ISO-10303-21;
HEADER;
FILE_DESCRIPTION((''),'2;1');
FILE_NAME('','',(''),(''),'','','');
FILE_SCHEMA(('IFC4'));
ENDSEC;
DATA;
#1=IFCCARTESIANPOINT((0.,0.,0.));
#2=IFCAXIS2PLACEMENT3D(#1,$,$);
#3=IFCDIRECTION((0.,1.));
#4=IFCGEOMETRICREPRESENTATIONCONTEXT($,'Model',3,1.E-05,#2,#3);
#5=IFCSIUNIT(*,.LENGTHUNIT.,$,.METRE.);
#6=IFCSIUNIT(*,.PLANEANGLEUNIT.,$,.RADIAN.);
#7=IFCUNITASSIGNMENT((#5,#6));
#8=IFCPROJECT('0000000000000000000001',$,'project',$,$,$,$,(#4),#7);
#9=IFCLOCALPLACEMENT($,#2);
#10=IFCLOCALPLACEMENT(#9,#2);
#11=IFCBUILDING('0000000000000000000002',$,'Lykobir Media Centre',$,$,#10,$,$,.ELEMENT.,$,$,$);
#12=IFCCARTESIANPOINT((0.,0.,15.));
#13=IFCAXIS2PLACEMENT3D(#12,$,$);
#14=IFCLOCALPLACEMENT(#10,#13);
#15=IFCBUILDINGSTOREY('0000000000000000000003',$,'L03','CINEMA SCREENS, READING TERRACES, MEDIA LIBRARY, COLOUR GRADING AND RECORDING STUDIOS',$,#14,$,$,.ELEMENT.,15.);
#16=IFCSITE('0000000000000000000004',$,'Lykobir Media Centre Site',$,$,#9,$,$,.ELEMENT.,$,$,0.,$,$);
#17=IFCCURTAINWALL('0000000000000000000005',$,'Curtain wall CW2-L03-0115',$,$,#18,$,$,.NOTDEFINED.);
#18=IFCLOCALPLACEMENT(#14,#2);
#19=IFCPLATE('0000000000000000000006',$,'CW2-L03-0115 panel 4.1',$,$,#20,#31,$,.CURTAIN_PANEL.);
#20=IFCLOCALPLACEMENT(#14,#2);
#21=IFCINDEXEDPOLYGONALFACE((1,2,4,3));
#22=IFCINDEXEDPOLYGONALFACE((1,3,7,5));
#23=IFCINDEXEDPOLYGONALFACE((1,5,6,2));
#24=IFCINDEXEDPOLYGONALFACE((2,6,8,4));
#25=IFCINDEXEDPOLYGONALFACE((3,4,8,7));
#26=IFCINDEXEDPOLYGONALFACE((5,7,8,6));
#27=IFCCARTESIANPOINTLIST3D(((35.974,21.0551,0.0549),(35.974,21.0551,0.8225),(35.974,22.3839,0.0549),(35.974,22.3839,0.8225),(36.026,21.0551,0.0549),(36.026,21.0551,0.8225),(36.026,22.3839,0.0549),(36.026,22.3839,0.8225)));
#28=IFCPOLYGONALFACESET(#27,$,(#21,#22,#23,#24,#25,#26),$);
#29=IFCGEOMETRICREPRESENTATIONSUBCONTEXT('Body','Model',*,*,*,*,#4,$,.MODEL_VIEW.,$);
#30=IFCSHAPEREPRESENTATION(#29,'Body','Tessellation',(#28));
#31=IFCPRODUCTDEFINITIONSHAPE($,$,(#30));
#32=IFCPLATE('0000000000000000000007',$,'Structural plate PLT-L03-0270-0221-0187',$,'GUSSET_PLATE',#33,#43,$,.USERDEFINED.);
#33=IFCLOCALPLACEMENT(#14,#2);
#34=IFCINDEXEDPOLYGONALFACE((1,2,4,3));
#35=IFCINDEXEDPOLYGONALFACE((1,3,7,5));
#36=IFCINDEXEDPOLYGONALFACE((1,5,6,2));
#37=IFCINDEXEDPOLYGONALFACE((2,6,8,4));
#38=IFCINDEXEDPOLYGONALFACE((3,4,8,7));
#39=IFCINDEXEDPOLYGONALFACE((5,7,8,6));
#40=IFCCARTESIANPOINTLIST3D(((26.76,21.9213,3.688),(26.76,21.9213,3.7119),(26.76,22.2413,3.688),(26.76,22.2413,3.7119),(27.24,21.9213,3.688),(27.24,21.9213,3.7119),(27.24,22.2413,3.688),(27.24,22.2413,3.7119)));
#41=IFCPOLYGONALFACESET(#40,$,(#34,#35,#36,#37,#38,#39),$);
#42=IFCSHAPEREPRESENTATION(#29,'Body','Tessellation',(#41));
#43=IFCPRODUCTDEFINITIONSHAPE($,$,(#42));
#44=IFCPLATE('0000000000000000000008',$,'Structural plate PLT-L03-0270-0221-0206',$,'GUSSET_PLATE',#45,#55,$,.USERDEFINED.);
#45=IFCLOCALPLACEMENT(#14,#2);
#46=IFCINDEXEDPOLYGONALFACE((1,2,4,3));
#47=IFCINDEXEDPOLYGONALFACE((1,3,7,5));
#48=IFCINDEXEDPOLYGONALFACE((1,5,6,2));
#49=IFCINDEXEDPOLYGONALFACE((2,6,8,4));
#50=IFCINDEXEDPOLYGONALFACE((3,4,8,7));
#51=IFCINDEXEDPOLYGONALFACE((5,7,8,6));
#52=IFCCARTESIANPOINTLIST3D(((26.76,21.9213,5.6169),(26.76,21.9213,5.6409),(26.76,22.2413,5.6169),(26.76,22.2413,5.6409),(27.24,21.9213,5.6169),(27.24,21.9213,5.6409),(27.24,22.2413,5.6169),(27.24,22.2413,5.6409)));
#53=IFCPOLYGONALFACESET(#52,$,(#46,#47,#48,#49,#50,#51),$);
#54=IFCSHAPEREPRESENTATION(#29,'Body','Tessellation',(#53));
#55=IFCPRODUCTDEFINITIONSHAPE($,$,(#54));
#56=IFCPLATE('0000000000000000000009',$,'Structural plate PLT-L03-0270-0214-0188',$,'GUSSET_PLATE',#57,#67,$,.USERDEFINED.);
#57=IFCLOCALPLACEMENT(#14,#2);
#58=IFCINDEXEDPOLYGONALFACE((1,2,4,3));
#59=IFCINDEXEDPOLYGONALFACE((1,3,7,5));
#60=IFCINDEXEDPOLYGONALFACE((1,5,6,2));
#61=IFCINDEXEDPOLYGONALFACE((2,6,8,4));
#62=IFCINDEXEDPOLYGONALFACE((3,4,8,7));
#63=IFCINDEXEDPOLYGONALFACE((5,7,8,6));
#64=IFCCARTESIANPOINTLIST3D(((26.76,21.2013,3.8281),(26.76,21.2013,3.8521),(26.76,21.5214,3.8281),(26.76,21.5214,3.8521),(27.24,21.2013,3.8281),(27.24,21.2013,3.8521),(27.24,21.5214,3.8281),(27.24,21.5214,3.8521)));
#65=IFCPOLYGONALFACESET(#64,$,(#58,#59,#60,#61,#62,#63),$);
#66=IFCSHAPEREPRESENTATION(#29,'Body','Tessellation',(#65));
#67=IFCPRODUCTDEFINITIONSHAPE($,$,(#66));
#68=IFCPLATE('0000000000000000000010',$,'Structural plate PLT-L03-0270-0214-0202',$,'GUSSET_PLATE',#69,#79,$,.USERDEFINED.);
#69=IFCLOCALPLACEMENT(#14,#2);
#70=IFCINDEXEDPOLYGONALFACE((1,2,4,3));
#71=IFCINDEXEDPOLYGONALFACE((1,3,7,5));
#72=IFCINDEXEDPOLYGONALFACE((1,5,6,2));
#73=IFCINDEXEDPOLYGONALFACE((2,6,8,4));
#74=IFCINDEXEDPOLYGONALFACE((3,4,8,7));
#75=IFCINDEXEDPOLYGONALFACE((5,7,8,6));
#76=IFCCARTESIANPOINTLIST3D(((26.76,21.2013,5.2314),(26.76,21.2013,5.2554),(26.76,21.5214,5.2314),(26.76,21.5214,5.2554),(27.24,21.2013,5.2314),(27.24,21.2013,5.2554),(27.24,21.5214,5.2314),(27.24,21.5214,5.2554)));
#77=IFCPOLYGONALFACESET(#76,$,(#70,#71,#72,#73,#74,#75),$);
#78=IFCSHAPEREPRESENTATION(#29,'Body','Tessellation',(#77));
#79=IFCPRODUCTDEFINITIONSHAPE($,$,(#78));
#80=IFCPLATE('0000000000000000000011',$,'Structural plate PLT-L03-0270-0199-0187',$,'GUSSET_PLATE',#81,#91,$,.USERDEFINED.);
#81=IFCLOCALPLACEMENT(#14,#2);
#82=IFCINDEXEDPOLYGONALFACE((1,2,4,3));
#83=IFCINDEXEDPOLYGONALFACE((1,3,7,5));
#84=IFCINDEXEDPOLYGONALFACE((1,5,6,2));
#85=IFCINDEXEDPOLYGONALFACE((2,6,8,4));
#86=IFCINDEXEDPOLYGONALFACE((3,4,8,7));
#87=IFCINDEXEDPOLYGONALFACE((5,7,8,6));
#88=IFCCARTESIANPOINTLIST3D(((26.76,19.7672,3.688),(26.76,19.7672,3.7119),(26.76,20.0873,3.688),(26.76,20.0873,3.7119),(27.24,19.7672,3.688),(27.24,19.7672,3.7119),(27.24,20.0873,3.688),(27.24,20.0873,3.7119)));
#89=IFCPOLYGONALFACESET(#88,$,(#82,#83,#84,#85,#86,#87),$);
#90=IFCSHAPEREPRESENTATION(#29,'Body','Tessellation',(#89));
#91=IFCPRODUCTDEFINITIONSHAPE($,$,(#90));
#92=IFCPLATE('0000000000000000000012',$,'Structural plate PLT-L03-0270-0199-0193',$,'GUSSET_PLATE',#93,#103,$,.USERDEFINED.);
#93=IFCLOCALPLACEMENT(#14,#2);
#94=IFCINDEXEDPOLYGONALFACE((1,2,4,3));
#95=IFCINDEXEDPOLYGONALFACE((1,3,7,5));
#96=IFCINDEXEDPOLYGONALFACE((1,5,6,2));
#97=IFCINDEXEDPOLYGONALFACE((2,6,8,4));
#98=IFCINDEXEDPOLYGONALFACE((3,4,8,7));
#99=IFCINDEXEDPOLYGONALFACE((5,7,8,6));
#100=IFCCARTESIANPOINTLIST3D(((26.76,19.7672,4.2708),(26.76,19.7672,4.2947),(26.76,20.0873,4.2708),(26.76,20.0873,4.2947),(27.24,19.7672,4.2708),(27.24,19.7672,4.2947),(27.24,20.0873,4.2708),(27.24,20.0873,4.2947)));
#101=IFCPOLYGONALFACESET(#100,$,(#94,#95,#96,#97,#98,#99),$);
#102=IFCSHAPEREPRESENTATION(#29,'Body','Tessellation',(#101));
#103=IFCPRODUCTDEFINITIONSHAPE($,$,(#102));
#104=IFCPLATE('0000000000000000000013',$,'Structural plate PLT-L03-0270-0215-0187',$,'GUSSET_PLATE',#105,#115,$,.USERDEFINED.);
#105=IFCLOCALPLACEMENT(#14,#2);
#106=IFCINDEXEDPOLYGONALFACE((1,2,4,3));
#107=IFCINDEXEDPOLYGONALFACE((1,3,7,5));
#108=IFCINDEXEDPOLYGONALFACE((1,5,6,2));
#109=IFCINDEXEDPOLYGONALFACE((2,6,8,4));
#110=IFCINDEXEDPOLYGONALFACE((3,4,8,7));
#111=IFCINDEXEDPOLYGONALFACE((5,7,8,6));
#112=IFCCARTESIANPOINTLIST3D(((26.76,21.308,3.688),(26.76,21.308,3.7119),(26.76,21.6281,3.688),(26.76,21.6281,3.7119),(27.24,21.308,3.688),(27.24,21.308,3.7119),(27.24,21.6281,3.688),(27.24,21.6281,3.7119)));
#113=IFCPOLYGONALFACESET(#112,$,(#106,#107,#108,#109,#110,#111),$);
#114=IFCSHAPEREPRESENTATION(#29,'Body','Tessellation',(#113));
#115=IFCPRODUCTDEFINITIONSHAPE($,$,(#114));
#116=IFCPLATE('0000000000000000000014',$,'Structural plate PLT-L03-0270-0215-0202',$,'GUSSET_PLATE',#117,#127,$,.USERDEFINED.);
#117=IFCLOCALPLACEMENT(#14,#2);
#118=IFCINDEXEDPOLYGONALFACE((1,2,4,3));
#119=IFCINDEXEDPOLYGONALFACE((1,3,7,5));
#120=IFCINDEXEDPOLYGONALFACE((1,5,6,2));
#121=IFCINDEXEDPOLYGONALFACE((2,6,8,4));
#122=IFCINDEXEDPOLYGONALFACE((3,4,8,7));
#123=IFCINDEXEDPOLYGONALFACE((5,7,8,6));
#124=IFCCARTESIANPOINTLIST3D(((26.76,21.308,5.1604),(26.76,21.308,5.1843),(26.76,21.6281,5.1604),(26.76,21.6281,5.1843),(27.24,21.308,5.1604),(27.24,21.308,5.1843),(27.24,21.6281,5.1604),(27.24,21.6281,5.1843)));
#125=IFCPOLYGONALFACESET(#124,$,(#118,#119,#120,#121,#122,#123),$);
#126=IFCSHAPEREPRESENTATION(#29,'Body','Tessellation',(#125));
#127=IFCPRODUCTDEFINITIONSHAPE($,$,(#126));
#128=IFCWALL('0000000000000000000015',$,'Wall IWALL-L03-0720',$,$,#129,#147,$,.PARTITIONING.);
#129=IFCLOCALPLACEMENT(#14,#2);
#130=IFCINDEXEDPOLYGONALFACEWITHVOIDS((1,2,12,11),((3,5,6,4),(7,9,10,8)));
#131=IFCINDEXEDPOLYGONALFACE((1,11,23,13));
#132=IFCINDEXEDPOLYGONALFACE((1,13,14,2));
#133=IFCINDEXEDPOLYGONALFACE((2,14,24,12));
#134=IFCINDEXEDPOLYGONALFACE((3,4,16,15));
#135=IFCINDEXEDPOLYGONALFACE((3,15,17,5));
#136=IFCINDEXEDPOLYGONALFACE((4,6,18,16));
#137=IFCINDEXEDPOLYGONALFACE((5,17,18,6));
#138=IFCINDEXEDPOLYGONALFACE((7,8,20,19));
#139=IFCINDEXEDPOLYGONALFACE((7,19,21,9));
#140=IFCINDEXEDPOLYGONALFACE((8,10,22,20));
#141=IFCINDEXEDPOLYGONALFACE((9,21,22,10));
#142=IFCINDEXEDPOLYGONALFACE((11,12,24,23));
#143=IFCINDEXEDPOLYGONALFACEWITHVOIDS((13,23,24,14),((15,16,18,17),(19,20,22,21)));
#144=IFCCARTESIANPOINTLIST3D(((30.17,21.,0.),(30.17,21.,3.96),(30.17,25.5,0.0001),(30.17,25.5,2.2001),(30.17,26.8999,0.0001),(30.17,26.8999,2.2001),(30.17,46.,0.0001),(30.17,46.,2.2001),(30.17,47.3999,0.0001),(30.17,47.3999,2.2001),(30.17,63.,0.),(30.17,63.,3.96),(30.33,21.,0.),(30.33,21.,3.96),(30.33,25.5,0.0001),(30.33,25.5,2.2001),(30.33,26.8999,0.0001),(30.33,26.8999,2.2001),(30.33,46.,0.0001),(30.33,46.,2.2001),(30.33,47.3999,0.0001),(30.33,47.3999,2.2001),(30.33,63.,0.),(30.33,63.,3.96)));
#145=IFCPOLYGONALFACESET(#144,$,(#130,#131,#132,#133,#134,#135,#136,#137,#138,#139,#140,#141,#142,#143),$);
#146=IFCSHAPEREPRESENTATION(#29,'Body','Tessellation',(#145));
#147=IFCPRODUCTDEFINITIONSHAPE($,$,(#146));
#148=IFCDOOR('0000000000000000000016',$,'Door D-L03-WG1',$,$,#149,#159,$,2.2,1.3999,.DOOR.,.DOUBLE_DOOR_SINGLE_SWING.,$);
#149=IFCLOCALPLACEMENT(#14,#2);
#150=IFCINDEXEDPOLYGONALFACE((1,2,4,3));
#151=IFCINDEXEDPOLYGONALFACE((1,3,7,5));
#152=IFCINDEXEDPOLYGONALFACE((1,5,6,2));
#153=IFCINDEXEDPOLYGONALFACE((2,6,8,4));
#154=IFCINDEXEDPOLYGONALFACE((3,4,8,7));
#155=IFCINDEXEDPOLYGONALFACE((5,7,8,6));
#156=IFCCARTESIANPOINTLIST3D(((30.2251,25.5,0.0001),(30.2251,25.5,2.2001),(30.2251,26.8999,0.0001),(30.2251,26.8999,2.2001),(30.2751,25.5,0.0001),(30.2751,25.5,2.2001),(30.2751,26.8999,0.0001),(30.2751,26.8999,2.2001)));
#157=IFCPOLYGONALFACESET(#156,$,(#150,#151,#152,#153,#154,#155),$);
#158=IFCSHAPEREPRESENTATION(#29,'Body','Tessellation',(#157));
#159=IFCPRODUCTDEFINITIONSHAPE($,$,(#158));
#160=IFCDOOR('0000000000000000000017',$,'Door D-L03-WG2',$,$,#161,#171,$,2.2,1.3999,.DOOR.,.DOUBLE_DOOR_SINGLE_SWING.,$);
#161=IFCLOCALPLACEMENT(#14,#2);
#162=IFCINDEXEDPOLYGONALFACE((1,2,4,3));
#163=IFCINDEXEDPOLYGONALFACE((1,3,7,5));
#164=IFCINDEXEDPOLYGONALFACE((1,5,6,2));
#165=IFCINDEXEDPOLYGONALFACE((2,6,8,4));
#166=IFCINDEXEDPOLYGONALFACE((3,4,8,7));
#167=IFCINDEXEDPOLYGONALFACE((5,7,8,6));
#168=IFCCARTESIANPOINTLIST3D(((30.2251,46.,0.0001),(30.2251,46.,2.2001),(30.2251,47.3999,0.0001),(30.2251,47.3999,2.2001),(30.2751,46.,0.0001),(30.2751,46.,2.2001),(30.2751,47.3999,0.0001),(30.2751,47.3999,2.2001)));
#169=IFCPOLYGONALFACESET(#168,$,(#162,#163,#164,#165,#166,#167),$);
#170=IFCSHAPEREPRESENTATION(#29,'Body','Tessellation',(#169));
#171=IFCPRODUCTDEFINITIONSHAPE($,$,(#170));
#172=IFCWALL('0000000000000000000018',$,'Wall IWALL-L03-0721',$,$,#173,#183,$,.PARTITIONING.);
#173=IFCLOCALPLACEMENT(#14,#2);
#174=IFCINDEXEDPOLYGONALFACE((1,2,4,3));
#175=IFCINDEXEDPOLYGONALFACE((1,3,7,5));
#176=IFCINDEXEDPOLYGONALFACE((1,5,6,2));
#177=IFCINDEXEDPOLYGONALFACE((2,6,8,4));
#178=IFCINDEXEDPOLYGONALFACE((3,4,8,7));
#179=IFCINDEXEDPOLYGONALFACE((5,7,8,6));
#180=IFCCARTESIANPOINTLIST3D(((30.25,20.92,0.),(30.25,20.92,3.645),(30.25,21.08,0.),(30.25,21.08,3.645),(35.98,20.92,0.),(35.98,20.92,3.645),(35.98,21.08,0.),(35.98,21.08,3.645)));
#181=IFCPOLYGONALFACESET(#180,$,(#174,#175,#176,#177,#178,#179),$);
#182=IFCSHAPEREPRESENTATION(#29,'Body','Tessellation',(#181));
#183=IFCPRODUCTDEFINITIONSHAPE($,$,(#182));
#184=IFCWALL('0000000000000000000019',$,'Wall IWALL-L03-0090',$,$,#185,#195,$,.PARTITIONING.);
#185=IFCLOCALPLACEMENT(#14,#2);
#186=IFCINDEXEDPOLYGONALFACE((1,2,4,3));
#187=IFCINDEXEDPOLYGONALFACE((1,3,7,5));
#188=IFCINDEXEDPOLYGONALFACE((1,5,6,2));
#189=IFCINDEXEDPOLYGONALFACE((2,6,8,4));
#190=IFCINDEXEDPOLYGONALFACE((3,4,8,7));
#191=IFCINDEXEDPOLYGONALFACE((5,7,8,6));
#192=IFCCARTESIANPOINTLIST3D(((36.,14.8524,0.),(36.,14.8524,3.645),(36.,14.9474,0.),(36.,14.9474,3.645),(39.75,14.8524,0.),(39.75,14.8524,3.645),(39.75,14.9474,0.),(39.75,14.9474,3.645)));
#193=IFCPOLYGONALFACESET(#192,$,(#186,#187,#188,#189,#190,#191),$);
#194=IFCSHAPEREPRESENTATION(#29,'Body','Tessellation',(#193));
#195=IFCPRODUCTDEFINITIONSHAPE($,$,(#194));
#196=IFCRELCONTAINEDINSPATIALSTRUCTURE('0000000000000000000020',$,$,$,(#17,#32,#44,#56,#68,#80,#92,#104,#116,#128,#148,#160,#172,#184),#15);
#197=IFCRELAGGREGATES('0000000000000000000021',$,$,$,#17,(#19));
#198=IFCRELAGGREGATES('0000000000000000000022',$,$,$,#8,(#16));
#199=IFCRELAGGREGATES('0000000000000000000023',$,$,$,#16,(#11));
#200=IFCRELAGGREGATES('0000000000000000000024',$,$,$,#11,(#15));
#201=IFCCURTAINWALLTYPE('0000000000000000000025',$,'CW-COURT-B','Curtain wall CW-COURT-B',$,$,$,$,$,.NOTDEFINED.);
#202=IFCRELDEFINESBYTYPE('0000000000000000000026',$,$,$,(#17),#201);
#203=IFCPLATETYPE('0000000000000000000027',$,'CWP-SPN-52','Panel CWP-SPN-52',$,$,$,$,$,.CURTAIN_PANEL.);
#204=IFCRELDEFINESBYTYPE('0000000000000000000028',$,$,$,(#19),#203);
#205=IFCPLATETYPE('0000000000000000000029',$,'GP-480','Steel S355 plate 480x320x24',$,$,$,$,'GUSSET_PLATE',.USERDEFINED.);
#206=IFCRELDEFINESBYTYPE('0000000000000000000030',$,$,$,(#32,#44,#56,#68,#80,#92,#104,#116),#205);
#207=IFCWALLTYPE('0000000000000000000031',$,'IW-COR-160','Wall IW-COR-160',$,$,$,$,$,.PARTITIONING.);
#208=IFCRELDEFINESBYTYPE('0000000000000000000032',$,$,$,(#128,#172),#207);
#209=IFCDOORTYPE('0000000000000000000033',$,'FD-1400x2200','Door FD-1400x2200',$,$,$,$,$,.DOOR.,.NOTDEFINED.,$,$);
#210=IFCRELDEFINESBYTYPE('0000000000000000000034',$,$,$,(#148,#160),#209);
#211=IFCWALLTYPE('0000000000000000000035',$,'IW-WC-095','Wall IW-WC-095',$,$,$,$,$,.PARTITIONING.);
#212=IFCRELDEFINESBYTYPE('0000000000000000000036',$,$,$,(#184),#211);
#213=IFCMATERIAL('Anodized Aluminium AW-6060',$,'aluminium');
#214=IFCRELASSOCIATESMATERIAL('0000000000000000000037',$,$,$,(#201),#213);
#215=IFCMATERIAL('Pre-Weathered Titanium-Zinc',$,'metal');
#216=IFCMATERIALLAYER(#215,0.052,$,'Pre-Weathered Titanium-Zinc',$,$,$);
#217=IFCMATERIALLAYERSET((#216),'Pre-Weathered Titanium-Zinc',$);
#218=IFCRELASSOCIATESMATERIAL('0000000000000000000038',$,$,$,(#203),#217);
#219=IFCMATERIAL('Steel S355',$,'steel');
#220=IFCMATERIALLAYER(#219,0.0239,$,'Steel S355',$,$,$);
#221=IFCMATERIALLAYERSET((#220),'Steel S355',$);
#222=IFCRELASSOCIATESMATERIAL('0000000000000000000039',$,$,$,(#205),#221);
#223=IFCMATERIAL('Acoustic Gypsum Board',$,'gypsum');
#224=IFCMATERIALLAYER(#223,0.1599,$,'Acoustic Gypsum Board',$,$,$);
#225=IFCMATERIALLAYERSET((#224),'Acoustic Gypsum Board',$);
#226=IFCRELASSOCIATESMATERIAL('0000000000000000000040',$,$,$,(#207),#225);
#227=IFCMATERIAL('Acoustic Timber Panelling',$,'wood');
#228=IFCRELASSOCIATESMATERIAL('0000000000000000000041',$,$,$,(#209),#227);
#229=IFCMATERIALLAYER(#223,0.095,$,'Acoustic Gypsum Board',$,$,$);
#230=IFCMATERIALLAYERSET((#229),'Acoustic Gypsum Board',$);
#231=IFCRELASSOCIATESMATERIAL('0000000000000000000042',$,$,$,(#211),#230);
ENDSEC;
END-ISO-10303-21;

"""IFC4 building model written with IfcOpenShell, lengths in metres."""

from ifc_helpers import new_model, si_unit, direction, frame, frame_2d, origin, origin_2d, place, context, subcontext, project, spatial, rectangle, extrude, material, layer, layer_set, type_object, element, fill, aggregate, save


model = new_model("IFC4")

# Units and contexts
model_context = context("Model", 3, precision=1e-05, world=origin(), true_north=direction((0.0, 1.0)))
body_context = subcontext(model_context, "Body", "Model", "MODEL_VIEW")
ifc_project = project(units=[si_unit("LENGTHUNIT", "METRE"), si_unit("PLANEANGLEUNIT", "RADIAN")], contexts=[model_context])

# Site, building, storey
site_placement = place(None, origin())
site = spatial("IfcSite", under=ifc_project, at=site_placement, Name="Lykobir Media Centre Site", CompositionType="ELEMENT", RefElevation=0.0)
building_placement = place(site_placement, origin())
building = spatial("IfcBuilding", under=site, at=building_placement, Name="Lykobir Media Centre", CompositionType="ELEMENT")
storey_placement = place(building_placement, frame((0.0, 0.0, 15.0)))
storey = spatial("IfcBuildingStorey", under=building, at=storey_placement, Name="L03", Description="CINEMA SCREENS, READING TERRACES, MEDIA LIBRARY, COLOUR GRADING AND RECORDING STUDIOS", CompositionType="ELEMENT", Elevation=15.0)

# Shared definitions
ifc_material_1 = material(Name="Steel S355", Category="steel")

# Curtain wall
ifc_material_2 = material(Name="Anodized Aluminium AW-6060", Category="aluminium")
curtain_wall_type = type_object("IfcCurtainWallType", Name="CW-COURT-B", Description="Curtain wall CW-COURT-B", PredefinedType="NOTDEFINED", material=ifc_material_2)
curtain_wall_placement = place(storey_placement, origin())
curtain_wall = element("IfcCurtainWall", 1, at=curtain_wall_placement, inside=storey, type_object=curtain_wall_type, Name="Curtain wall CW2-L03-0115", PredefinedType="NOTDEFINED")

# Plate
ifc_material_3 = material(Name="Pre-Weathered Titanium-Zinc", Category="metal")
ifc_layer_1 = layer(ifc_material_3, 0.052, Name="Pre-Weathered Titanium-Zinc")
ifc_layer_set_1 = layer_set([ifc_layer_1], Name="Pre-Weathered Titanium-Zinc")
plate_type_1 = type_object("IfcPlateType", Name="CWP-SPN-52", Description="Panel CWP-SPN-52", PredefinedType="CURTAIN_PANEL", material=ifc_layer_set_1)
plate_placement = place(storey_placement, frame((36.0, 21.7195, 0.0549), z_axis=(0.0, 0.0, 1.0), x_axis=(0.0, -1.0, 0.0)))
plate = element("IfcPlate", 2, at=plate_placement, type_object=plate_type_1, Name="CW2-L03-0115 panel 4.1", PredefinedType="CURTAIN_PANEL", context=body_context, shape_type="SweptSolid", body=[
    extrude(rectangle(XDim=1.3289, YDim=0.052, at=origin_2d()), origin(), (0.0, 0.0, 1.0), 0.7676),
])
aggregate(curtain_wall, [plate])

# Plates
ifc_layer_2 = layer(ifc_material_1, 0.0239, Name="Steel S355")
ifc_layer_set_2 = layer_set([ifc_layer_2], Name="Steel S355")
plate_type_2 = type_object("IfcPlateType", Name="GP-480", Description="Steel S355 plate 480x320x24", ElementType="GUSSET_PLATE", PredefinedType="USERDEFINED", material=ifc_layer_set_2)
for number, where, z_axis, x_axis, name in (
    (3, (27.0, 22.0813, 3.688), (0.0, 0.0, 1.0), (1.0, 0.0, 0.0), "Structural plate PLT-L03-0270-0221-0187"),
    (4, (27.0, 22.0813, 5.6169), (0.0, 0.0, 1.0), (1.0, 0.0, 0.0), "Structural plate PLT-L03-0270-0221-0206"),
    (5, (27.0, 21.3613, 3.8281), (0.0, 0.0, 1.0), (1.0, 0.0, 0.0), "Structural plate PLT-L03-0270-0214-0188"),
    (6, (27.0, 21.3613, 5.2314), (0.0, 0.0, 1.0), (1.0, 0.0, 0.0), "Structural plate PLT-L03-0270-0214-0202"),
    (7, (27.0, 19.9272, 3.688), (0.0, 0.0, 1.0), (1.0, 0.0, 0.0), "Structural plate PLT-L03-0270-0199-0187"),
    (8, (27.0, 19.9272, 4.2708), (0.0, 0.0, 1.0), (1.0, 0.0, 0.0), "Structural plate PLT-L03-0270-0199-0193"),
    (9, (27.0, 21.468, 3.688), (0.0, 0.0, 1.0), (1.0, 0.0, 0.0), "Structural plate PLT-L03-0270-0215-0187"),
    (10, (27.0, 21.468, 5.1604), (0.0, 0.0, 1.0), (1.0, 0.0, 0.0), "Structural plate PLT-L03-0270-0215-0202"),
):
    element("IfcPlate", number, at=place(storey_placement, frame(where, z_axis=z_axis, x_axis=x_axis)), inside=storey, type_object=plate_type_2, Name=name, ObjectType="GUSSET_PLATE", PredefinedType="USERDEFINED", context=body_context, shape_type="SweptSolid", body=[
        extrude(rectangle(XDim=0.48, YDim=0.3201, at=origin_2d()), origin(), (0.0, 0.0, 1.0), 0.0239),
    ])

# Wall, openings, doors
ifc_material_4 = material(Name="Acoustic Gypsum Board", Category="gypsum")
ifc_layer_3 = layer(ifc_material_4, 0.1599, Name="Acoustic Gypsum Board")
ifc_layer_set_3 = layer_set([ifc_layer_3], Name="Acoustic Gypsum Board")
wall_type_1 = type_object("IfcWallType", Name="IW-COR-160", Description="Wall IW-COR-160", PredefinedType="PARTITIONING", material=ifc_layer_set_3)
wall_1_placement = place(storey_placement, frame((30.25, 21.0, 0.0), z_axis=(0.0, 0.0, 1.0), x_axis=(0.0, 1.0, 0.0)))
wall_1 = element("IfcWall", 11, at=wall_1_placement, inside=storey, type_object=wall_type_1, Name="Wall IWALL-L03-0720", PredefinedType="PARTITIONING", context=body_context, shape_type="SweptSolid", body=[
    extrude(rectangle(XDim=42.0, YDim=0.1599, at=frame_2d((21.0, 0.0))), origin(), (0.0, 0.0, 1.0), 3.96),
])
opening_1_placement = place(wall_1_placement, frame((4.5, 0.0, 0.0)))
opening_1 = element("IfcOpeningElement", 12, at=opening_1_placement, cuts=wall_1, PredefinedType="OPENING", context=body_context, shape_type="SweptSolid", body=[
    extrude(rectangle(XDim=1.3999, YDim=2.2, at=frame_2d((0.7, 1.1001))), frame((0.0, 0.0898, 0.0), z_axis=(0.0, -1.0, 0.0), x_axis=(1.0, 0.0, 0.0)), (0.0, 0.0, 1.0), 0.1799),
])
opening_2_placement = place(wall_1_placement, frame((25.0, 0.0, 0.0)))
opening_2 = element("IfcOpeningElement", 13, at=opening_2_placement, cuts=wall_1, PredefinedType="OPENING", context=body_context, shape_type="SweptSolid", body=[
    extrude(rectangle(XDim=1.3999, YDim=2.2, at=frame_2d((0.7, 1.1001))), frame((0.0, 0.0898, 0.0), z_axis=(0.0, -1.0, 0.0), x_axis=(1.0, 0.0, 0.0)), (0.0, 0.0, 1.0), 0.1799),
])
ifc_material_5 = material(Name="Acoustic Timber Panelling", Category="wood")
door_type = type_object("IfcDoorType", Name="FD-1400x2200", Description="Door FD-1400x2200", OperationType="NOTDEFINED", PredefinedType="DOOR", material=ifc_material_5)
door_1_placement = place(opening_1_placement, origin())
door_1 = element("IfcDoor", 14, at=door_1_placement, inside=storey, type_object=door_type, Name="Door D-L03-WG1", OperationType="DOUBLE_DOOR_SINGLE_SWING", OverallHeight=2.2, OverallWidth=1.3999, PredefinedType="DOOR", context=body_context, shape_type="SweptSolid", body=[
    extrude(rectangle(XDim=1.3999, YDim=2.2, at=frame_2d((0.7, 1.1001))), frame((0.0, 0.0249, 0.0), z_axis=(0.0, -1.0, 0.0), x_axis=(1.0, 0.0, 0.0)), (0.0, 0.0, 1.0), 0.05),
])
fill(opening_1, door_1)
door_2_placement = place(opening_2_placement, origin())
door_2 = element("IfcDoor", 15, at=door_2_placement, inside=storey, type_object=door_type, Name="Door D-L03-WG2", OperationType="DOUBLE_DOOR_SINGLE_SWING", OverallHeight=2.2, OverallWidth=1.3999, PredefinedType="DOOR", context=body_context, shape_type="SweptSolid", body=[
    extrude(rectangle(XDim=1.3999, YDim=2.2, at=frame_2d((0.7, 1.1001))), frame((0.0, 0.0249, 0.0), z_axis=(0.0, -1.0, 0.0), x_axis=(1.0, 0.0, 0.0)), (0.0, 0.0, 1.0), 0.05),
])
fill(opening_2, door_2)

# Walls
wall_2_placement = place(storey_placement, frame((30.25, 21.0, 0.0), z_axis=(0.0, 0.0, 1.0), x_axis=(1.0, 0.0, 0.0)))
element("IfcWall", 16, at=wall_2_placement, inside=storey, type_object=wall_type_1, Name="Wall IWALL-L03-0721", PredefinedType="PARTITIONING", context=body_context, shape_type="SweptSolid", body=[
    extrude(rectangle(XDim=5.73, YDim=0.1599, at=frame_2d((2.865, 0.0))), origin(), (0.0, 0.0, 1.0), 3.645),
])
ifc_layer_4 = layer(ifc_material_4, 0.095, Name="Acoustic Gypsum Board")
ifc_layer_set_4 = layer_set([ifc_layer_4], Name="Acoustic Gypsum Board")
wall_type_2 = type_object("IfcWallType", Name="IW-WC-095", Description="Wall IW-WC-095", PredefinedType="PARTITIONING", material=ifc_layer_set_4)
wall_3_placement = place(storey_placement, frame((36.0, 14.8999, 0.0), z_axis=(0.0, 0.0, 1.0), x_axis=(1.0, 0.0, 0.0)))
element("IfcWall", 17, at=wall_3_placement, inside=storey, type_object=wall_type_2, Name="Wall IWALL-L03-0090", PredefinedType="PARTITIONING", context=body_context, shape_type="SweptSolid", body=[
    extrude(rectangle(XDim=3.75, YDim=0.095, at=frame_2d((1.875, 0.0))), origin(), (0.0, 0.0, 1.0), 3.645),
])

save(model, "model.ifc")
